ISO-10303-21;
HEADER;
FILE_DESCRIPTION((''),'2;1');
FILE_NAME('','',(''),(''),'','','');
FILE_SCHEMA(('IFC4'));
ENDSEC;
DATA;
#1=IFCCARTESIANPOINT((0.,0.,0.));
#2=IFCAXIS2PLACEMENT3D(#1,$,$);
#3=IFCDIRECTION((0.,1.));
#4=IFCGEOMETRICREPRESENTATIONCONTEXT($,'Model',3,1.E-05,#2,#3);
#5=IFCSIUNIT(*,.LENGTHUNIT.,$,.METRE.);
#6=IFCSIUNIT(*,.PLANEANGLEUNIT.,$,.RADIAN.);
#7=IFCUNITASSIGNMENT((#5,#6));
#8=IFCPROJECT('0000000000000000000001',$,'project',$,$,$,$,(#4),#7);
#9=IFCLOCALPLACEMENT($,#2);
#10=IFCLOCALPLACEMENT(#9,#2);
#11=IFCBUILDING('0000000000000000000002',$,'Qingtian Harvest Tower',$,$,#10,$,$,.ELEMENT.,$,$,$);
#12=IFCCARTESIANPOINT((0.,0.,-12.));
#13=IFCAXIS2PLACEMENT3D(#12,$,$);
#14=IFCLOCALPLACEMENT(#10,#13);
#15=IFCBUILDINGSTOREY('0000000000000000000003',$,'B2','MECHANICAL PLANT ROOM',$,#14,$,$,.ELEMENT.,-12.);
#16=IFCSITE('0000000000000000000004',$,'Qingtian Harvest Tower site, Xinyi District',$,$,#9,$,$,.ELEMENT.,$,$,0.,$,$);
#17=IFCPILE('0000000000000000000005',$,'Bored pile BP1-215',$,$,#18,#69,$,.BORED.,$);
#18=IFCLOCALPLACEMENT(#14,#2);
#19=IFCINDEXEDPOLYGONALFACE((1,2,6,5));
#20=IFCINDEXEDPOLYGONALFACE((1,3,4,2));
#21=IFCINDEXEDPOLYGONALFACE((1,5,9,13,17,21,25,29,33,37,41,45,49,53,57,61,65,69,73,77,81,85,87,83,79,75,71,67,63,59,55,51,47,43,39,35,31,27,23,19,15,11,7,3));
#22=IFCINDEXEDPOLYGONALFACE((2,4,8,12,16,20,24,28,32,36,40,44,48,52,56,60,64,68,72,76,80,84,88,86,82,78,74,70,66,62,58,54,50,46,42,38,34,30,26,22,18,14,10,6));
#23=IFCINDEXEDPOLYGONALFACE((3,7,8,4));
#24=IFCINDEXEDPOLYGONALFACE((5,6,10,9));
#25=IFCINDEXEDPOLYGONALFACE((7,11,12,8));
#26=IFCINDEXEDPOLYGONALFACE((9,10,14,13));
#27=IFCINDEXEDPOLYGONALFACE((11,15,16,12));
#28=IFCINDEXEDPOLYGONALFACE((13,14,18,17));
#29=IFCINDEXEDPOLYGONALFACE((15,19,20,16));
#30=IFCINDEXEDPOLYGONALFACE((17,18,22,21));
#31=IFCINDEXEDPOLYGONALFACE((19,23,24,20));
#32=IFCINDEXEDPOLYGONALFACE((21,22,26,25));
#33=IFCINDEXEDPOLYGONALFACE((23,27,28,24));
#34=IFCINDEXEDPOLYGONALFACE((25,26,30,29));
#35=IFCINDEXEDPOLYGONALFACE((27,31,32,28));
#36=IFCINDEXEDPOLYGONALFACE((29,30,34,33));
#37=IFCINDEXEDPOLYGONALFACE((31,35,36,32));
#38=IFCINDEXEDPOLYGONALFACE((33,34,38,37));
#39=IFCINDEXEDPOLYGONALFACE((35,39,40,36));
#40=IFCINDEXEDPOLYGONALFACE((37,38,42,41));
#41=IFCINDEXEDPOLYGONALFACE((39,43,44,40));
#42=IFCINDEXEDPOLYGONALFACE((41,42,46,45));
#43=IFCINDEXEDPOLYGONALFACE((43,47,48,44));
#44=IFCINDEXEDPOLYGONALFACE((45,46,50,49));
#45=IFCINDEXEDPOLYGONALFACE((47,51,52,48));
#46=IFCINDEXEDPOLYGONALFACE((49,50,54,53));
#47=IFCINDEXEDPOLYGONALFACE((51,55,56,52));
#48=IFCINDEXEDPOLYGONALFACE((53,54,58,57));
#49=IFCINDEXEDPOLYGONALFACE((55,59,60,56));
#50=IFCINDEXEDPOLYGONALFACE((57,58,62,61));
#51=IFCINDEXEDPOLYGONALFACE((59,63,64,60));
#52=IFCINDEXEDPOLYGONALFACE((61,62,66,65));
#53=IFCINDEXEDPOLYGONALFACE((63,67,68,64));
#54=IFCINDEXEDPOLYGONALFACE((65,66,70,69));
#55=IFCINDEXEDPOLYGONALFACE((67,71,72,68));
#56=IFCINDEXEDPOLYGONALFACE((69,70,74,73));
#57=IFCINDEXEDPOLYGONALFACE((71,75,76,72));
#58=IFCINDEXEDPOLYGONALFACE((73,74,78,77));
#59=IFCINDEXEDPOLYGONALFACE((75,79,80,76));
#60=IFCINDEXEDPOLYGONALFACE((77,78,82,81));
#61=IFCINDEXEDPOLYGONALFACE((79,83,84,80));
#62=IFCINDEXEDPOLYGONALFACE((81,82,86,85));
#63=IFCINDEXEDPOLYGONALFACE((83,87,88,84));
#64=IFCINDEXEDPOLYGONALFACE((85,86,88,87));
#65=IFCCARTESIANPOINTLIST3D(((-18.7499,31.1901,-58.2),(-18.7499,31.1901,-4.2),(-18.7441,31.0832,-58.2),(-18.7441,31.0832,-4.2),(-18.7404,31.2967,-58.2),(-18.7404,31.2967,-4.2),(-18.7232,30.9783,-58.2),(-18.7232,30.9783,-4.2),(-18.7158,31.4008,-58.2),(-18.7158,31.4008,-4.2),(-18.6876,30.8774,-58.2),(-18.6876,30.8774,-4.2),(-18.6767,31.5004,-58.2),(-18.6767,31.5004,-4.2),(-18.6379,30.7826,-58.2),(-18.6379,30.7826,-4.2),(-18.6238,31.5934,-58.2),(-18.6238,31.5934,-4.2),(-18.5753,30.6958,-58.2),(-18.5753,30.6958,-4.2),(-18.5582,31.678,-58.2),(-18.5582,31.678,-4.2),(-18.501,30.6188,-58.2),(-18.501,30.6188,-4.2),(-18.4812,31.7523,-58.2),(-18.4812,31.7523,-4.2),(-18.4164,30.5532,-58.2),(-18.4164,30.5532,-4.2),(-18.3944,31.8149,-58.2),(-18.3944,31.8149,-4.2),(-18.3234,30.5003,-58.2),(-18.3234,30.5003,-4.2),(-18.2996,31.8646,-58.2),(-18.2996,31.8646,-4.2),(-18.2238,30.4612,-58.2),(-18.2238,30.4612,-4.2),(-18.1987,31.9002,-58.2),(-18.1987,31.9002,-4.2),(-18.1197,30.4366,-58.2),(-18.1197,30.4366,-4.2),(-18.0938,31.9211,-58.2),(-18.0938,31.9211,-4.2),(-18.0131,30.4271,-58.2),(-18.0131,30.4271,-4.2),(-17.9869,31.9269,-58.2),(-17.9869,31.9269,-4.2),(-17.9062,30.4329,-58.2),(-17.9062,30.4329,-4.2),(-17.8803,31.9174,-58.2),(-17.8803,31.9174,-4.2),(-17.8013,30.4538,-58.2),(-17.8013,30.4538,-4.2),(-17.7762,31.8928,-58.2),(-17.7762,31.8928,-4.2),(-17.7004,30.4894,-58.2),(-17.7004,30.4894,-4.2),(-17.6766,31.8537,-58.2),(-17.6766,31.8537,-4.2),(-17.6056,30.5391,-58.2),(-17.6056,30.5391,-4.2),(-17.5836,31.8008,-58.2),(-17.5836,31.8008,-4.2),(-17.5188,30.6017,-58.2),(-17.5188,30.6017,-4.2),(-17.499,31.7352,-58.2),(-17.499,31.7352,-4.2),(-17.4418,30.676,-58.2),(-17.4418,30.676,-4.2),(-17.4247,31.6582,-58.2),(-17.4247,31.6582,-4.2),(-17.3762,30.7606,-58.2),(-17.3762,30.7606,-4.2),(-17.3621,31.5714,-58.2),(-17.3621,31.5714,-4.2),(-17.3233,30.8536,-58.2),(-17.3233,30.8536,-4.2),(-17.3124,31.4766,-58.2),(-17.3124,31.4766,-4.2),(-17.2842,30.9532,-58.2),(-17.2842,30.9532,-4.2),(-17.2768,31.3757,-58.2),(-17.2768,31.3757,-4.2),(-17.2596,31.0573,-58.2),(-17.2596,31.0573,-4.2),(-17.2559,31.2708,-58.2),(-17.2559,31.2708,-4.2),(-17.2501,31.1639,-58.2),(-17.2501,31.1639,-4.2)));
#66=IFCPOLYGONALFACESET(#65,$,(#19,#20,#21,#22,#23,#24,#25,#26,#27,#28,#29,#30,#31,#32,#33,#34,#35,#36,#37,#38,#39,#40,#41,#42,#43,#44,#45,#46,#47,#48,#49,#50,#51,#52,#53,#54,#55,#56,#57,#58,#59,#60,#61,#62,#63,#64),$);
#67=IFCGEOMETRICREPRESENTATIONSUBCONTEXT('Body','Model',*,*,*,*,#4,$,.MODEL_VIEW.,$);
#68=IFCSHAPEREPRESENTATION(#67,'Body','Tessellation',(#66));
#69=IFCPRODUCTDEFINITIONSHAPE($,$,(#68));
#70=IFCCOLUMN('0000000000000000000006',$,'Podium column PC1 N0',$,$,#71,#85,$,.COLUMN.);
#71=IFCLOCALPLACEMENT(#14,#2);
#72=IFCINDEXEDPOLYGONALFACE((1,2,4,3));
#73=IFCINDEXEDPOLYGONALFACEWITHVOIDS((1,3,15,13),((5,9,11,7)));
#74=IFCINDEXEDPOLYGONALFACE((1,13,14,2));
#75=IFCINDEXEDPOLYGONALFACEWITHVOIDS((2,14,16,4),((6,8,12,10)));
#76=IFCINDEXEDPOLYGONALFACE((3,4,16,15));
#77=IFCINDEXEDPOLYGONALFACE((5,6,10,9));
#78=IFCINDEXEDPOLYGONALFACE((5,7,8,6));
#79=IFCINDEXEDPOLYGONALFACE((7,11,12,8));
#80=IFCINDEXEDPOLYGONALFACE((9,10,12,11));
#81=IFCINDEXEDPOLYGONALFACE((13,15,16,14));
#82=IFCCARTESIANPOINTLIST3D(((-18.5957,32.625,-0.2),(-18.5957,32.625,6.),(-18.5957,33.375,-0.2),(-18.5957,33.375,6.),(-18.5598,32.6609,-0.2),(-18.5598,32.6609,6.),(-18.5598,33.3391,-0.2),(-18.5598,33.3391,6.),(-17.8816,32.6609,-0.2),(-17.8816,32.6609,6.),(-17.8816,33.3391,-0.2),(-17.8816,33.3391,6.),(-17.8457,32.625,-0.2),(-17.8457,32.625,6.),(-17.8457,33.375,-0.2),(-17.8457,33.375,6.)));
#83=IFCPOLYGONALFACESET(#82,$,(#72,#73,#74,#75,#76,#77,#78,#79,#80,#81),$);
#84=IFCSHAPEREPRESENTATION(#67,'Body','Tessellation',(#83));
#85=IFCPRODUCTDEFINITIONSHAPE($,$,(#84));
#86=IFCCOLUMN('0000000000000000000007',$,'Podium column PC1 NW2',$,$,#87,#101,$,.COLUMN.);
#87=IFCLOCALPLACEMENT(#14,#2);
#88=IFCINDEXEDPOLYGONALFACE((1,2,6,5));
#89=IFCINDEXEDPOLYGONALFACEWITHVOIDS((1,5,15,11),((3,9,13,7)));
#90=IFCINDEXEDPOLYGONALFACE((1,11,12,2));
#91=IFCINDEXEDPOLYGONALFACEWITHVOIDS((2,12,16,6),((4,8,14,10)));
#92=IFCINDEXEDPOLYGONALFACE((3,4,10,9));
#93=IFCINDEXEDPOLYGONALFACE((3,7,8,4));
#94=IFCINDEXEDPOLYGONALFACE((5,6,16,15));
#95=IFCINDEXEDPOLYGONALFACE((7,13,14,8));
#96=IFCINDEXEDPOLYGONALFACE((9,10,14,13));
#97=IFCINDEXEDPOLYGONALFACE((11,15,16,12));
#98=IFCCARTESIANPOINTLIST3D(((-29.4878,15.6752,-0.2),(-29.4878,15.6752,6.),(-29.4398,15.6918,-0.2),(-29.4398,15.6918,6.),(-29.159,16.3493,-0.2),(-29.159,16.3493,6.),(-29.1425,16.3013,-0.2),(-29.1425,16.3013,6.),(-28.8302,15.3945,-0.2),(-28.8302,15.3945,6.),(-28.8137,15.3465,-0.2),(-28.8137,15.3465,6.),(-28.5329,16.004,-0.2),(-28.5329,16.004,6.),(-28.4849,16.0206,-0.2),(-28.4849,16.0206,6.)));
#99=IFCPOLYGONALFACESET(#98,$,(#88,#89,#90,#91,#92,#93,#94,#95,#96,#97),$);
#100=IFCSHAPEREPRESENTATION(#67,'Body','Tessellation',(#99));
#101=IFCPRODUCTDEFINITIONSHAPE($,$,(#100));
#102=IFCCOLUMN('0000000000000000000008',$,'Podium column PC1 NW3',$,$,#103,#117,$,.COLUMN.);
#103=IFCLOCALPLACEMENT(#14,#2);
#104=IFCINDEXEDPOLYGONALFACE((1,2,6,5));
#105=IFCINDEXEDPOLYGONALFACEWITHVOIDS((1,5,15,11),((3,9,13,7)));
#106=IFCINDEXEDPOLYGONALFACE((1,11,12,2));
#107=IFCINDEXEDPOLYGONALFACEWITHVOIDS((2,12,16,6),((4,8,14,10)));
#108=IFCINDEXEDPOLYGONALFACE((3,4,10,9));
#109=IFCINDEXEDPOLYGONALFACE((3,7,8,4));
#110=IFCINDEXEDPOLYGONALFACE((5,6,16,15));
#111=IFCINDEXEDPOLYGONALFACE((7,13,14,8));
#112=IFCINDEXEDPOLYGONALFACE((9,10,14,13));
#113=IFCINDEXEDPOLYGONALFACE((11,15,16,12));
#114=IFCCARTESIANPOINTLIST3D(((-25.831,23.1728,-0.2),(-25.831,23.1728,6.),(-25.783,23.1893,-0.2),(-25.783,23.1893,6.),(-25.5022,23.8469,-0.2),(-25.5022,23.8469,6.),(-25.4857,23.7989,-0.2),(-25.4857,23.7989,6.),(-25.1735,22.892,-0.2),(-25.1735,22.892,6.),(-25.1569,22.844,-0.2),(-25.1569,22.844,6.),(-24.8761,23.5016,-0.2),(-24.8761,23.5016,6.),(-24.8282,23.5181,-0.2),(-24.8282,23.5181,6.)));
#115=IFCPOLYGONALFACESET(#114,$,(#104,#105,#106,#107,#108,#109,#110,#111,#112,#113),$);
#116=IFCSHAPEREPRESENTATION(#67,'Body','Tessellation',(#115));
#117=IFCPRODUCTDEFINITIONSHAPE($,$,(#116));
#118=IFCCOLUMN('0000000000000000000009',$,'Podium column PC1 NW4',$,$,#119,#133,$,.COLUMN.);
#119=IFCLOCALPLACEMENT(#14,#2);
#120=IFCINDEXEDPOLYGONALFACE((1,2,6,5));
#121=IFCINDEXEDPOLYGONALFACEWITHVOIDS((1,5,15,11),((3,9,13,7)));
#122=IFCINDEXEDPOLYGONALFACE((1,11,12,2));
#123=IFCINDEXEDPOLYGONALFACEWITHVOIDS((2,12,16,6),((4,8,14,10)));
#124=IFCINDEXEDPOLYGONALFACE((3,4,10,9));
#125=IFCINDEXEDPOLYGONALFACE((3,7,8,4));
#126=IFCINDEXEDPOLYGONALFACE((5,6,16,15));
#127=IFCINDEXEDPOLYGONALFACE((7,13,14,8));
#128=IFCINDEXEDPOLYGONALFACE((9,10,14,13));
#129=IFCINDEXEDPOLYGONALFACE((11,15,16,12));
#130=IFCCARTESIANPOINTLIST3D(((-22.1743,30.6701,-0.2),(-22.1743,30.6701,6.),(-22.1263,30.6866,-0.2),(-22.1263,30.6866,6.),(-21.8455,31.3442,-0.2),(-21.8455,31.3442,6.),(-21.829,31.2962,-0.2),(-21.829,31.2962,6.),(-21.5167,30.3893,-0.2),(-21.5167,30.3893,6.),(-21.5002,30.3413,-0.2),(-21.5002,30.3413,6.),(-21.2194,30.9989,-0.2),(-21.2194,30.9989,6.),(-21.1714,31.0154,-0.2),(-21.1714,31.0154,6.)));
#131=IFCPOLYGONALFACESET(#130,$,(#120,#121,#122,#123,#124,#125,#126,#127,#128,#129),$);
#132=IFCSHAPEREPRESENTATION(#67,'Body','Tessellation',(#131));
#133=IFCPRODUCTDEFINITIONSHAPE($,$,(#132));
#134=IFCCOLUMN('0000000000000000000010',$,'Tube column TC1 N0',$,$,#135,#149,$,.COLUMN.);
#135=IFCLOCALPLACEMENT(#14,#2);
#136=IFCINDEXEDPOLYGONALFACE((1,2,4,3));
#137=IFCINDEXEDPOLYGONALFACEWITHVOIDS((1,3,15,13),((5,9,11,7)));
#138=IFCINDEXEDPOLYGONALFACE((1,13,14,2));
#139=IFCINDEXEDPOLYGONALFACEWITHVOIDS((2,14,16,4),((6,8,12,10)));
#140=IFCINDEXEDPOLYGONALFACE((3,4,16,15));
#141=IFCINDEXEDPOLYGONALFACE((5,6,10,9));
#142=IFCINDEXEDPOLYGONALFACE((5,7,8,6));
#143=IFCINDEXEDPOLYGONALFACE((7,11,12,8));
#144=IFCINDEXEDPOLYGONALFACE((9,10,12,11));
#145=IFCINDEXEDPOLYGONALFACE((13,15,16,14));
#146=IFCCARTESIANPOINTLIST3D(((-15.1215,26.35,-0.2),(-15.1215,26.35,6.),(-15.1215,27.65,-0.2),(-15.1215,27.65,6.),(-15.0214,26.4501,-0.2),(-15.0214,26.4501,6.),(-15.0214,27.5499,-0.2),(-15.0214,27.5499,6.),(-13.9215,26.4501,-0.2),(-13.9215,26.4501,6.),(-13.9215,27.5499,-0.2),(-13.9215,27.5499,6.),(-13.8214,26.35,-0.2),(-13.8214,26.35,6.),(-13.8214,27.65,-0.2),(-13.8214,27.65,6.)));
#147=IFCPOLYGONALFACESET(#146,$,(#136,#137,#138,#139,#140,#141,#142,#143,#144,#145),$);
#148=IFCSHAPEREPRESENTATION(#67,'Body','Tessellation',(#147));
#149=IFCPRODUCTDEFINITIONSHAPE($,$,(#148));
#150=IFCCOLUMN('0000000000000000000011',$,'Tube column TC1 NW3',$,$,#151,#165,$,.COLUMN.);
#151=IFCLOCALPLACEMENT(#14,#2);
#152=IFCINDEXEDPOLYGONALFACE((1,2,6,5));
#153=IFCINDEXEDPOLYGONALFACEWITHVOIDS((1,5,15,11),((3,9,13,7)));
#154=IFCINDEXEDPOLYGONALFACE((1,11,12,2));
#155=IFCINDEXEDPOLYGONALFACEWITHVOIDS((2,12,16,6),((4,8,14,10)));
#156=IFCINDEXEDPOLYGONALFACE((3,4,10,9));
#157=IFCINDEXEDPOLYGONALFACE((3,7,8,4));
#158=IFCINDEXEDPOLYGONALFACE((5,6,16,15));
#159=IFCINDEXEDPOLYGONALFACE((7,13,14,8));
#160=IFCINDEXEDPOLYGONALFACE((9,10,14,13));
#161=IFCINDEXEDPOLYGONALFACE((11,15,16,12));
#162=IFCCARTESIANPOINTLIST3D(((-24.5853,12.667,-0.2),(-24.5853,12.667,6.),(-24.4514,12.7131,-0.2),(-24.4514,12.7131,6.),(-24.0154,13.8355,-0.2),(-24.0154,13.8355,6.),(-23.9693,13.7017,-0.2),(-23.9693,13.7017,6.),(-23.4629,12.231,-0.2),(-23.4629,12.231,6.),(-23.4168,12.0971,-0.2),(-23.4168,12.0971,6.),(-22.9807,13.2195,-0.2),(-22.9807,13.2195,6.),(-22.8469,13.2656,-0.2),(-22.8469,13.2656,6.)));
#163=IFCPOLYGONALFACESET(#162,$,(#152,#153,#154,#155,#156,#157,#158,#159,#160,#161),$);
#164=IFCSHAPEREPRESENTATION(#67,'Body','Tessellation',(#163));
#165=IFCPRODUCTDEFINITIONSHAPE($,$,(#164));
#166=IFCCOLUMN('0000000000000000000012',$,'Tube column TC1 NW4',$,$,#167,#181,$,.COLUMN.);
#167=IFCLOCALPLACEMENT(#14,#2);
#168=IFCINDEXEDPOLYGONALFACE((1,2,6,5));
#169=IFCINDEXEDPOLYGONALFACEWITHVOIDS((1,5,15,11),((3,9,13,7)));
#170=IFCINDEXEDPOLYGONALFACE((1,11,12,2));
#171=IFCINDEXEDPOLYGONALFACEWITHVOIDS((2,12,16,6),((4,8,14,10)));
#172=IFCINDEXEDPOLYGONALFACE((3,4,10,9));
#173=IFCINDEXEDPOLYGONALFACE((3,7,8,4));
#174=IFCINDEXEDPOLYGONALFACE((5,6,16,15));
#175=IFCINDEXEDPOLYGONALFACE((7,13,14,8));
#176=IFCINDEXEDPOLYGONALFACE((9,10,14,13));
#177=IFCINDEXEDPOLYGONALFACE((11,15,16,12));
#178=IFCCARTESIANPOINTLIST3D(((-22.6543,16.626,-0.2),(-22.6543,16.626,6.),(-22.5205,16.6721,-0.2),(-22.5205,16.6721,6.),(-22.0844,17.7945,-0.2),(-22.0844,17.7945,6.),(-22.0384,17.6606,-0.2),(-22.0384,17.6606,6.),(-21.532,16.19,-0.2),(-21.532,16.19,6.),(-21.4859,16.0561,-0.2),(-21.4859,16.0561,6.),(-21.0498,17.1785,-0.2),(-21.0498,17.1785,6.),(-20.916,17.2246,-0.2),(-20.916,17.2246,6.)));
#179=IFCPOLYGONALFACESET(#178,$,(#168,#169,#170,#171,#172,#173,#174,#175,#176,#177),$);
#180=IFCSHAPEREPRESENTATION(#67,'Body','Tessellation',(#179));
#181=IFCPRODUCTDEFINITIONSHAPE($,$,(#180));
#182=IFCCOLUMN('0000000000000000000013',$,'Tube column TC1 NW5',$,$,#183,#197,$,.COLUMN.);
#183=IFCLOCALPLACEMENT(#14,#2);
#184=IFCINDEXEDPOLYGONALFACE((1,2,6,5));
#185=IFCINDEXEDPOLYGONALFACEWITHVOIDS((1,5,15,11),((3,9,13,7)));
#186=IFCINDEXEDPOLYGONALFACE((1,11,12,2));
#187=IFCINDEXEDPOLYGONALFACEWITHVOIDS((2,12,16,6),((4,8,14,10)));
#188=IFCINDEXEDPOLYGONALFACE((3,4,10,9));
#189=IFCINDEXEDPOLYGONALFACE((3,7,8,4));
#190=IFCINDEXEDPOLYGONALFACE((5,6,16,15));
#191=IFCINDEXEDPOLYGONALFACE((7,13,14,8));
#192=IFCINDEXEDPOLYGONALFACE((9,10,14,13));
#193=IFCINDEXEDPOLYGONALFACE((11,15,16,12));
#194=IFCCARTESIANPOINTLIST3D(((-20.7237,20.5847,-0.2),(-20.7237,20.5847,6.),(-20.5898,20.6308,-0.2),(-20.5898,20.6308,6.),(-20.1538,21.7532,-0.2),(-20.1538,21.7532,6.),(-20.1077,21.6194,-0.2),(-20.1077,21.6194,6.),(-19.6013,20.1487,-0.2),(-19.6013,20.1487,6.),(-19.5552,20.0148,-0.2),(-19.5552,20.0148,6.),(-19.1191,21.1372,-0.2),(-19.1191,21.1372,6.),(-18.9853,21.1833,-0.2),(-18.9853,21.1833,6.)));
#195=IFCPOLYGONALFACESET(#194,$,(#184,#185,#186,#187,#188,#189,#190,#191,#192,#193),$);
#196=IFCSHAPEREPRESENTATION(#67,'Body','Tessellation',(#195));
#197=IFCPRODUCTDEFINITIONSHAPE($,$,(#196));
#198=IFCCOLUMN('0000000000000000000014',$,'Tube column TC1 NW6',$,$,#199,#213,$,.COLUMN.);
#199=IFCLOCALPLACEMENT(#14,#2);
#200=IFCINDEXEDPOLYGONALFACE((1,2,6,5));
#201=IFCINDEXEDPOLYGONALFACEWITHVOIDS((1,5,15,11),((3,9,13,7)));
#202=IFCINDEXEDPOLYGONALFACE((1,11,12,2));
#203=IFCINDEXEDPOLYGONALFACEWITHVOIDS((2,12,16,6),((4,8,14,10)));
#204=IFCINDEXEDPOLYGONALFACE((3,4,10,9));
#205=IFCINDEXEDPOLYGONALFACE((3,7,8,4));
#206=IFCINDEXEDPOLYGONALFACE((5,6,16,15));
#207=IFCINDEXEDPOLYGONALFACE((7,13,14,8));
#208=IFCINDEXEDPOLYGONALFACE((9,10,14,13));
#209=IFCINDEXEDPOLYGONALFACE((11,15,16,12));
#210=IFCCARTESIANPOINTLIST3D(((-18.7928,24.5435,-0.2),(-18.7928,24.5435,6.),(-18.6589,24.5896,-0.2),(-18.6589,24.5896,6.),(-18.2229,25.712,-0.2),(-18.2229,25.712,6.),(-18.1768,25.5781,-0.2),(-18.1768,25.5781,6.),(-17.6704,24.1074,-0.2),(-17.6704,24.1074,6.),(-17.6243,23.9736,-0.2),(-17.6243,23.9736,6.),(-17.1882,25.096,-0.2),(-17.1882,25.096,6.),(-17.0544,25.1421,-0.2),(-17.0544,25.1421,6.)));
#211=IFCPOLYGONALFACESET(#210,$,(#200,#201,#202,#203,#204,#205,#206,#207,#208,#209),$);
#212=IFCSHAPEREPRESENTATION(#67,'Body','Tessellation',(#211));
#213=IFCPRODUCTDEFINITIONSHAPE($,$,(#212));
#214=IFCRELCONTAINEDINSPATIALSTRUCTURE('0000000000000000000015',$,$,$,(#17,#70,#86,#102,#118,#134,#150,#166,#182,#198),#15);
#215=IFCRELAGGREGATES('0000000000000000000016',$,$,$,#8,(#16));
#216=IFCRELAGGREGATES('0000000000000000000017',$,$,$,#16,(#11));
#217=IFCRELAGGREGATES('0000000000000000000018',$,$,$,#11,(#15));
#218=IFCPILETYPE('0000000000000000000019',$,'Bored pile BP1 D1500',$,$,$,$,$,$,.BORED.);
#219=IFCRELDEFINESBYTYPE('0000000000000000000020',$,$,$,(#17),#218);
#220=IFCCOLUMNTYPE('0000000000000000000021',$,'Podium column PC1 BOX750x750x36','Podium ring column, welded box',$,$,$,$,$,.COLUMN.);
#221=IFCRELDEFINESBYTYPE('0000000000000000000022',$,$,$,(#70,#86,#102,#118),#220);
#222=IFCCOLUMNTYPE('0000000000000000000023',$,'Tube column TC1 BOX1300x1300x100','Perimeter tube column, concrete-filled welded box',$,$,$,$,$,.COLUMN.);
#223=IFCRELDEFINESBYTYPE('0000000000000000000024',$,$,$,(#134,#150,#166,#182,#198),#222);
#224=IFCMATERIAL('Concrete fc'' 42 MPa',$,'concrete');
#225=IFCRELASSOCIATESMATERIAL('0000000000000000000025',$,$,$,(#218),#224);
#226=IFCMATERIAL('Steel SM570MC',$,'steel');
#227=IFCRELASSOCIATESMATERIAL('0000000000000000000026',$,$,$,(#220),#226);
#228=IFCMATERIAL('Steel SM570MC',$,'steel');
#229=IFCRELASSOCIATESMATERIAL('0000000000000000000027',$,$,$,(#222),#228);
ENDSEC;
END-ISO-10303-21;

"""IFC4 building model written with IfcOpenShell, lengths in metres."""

from ifc_helpers import new_model, si_unit, direction, frame, frame_2d, origin, origin_2d, place, context, subcontext, project, spatial, hollow_rectangle, circle, extrude, material, material_profile, profile_set, type_object, element, save


model = new_model("IFC4")

# Units and contexts
model_context = context("Model", 3, precision=1e-05, world=origin(), true_north=direction((0.0, 1.0)))
body_context = subcontext(model_context, "Body", "Model", "MODEL_VIEW")
ifc_project = project(units=[si_unit("LENGTHUNIT", "METRE"), si_unit("PLANEANGLEUNIT", "RADIAN")], contexts=[model_context])

# Site, building, storey
site_placement = place(None, origin())
site = spatial("IfcSite", under=ifc_project, at=site_placement, Name="Qingtian Harvest Tower site, Xinyi District", CompositionType="ELEMENT", RefElevation=0.0)
building_placement = place(site_placement, origin())
building = spatial("IfcBuilding", under=site, at=building_placement, Name="Qingtian Harvest Tower", CompositionType="ELEMENT")
storey_placement = place(building_placement, frame((0.0, 0.0, -12.0)))
storey = spatial("IfcBuildingStorey", under=building, at=storey_placement, Name="B2", Description="MECHANICAL PLANT ROOM", CompositionType="ELEMENT", Elevation=-12.0)

# Pile
ifc_material_1 = material(Name="Concrete fc' 42 MPa", Category="concrete")
ifc_material_profile_1 = material_profile(ifc_material_1, circle(Radius=0.75, at=frame_2d((0.0, 0.0), x_axis=(0.999848, 0.017452))), Name="Bored pile BP1 D1500")
ifc_profile_set_1 = profile_set([ifc_material_profile_1], Name="Concrete fc' 42 MPa")
pile_type = type_object("IfcPileType", Name="Bored pile BP1 D1500", PredefinedType="BORED", material=ifc_profile_set_1)
for number, where, z_axis, x_axis, name in (
    (1, (-18.0, 31.177, -4.2), (0.0, 0.0, -1.0), (1.0, 0.0, 0.0), "Bored pile BP1-215"),
):
    element("IfcPile", number, at=place(storey_placement, frame(where, z_axis=z_axis, x_axis=x_axis)), inside=storey, type_object=pile_type, Name=name, PredefinedType="BORED", context=body_context, shape_type="SweptSolid", body=[
        extrude(circle(Radius=0.75, at=frame_2d((0.0, 0.0), x_axis=(0.999848, 0.017452))), origin(), (0.0, 0.0, 1.0), 54.0),
    ])

# Columns
ifc_material_2 = material(Name="Steel SM570MC", Category="steel")
ifc_material_profile_2 = material_profile(ifc_material_2, hollow_rectangle(XDim=0.75, YDim=0.75, WallThickness=0.0359, at=origin_2d()), Name="BOX750x750x36")
ifc_profile_set_2 = profile_set([ifc_material_profile_2], Name="Steel SM570MC")
column_type_1 = type_object("IfcColumnType", Name="Podium column PC1 BOX750x750x36", Description="Podium ring column, welded box", PredefinedType="COLUMN", material=ifc_profile_set_2)
for number, where, z_axis, x_axis, name in (
    (2, (-18.2207, 33.0, -0.2), (0.0, 0.0, 1.0), (-1.0, 0.0, 0.0), "Podium column PC1 N0"),
    (3, (-28.9863, 15.8479, -0.2), (0.0, 0.0, 1.0), (-0.438371, -0.898794, 0.0), "Podium column PC1 NW2"),
    (4, (-25.3296, 23.3455, -0.2), (0.0, 0.0, 1.0), (-0.438371, -0.898794, 0.0), "Podium column PC1 NW3"),
    (5, (-21.6729, 30.8428, -0.2), (0.0, 0.0, 1.0), (-0.438371, -0.898794, 0.0), "Podium column PC1 NW4"),
):
    element("IfcColumn", number, at=place(storey_placement, frame(where, z_axis=z_axis, x_axis=x_axis)), inside=storey, type_object=column_type_1, Name=name, PredefinedType="COLUMN", context=body_context, shape_type="SweptSolid", body=[
        extrude(hollow_rectangle(XDim=0.75, YDim=0.75, WallThickness=0.0359, at=origin_2d()), origin(), (0.0, 0.0, 1.0), 6.2),
    ])
ifc_material_3 = material(Name="Steel SM570MC", Category="steel")
ifc_material_profile_3 = material_profile(ifc_material_3, hollow_rectangle(XDim=1.3, YDim=1.3, WallThickness=0.1001, at=origin_2d()), Name="BOX1300x1300x100")
ifc_profile_set_3 = profile_set([ifc_material_profile_3], Name="Steel SM570MC")
column_type_2 = type_object("IfcColumnType", Name="Tube column TC1 BOX1300x1300x100", Description="Perimeter tube column, concrete-filled welded box", PredefinedType="COLUMN", material=ifc_profile_set_3)
for number, where, z_axis, x_axis, name in (
    (6, (-14.4714, 27.0, -0.2), (0.0, 0.0, 1.0), (-1.0, 0.0, 0.0), "Tube column TC1 N0"),
    (7, (-23.7161, 12.9663, -0.2), (0.0, 0.0, 1.0), (-0.438371, -0.898794, 0.0), "Tube column TC1 NW3"),
    (8, (-21.7852, 16.9253, -0.2), (0.0, 0.0, 1.0), (-0.438371, -0.898794, 0.0), "Tube column TC1 NW4"),
    (9, (-19.8545, 20.884, -0.2), (0.0, 0.0, 1.0), (-0.438371, -0.898794, 0.0), "Tube column TC1 NW5"),
    (10, (-17.9236, 24.8428, -0.2), (0.0, 0.0, 1.0), (-0.438371, -0.898794, 0.0), "Tube column TC1 NW6"),
):
    element("IfcColumn", number, at=place(storey_placement, frame(where, z_axis=z_axis, x_axis=x_axis)), inside=storey, type_object=column_type_2, Name=name, PredefinedType="COLUMN", context=body_context, shape_type="SweptSolid", body=[
        extrude(hollow_rectangle(XDim=1.3, YDim=1.3, WallThickness=0.1001, at=origin_2d()), origin(), (0.0, 0.0, 1.0), 6.2),
    ])

save(model, "model.ifc")
